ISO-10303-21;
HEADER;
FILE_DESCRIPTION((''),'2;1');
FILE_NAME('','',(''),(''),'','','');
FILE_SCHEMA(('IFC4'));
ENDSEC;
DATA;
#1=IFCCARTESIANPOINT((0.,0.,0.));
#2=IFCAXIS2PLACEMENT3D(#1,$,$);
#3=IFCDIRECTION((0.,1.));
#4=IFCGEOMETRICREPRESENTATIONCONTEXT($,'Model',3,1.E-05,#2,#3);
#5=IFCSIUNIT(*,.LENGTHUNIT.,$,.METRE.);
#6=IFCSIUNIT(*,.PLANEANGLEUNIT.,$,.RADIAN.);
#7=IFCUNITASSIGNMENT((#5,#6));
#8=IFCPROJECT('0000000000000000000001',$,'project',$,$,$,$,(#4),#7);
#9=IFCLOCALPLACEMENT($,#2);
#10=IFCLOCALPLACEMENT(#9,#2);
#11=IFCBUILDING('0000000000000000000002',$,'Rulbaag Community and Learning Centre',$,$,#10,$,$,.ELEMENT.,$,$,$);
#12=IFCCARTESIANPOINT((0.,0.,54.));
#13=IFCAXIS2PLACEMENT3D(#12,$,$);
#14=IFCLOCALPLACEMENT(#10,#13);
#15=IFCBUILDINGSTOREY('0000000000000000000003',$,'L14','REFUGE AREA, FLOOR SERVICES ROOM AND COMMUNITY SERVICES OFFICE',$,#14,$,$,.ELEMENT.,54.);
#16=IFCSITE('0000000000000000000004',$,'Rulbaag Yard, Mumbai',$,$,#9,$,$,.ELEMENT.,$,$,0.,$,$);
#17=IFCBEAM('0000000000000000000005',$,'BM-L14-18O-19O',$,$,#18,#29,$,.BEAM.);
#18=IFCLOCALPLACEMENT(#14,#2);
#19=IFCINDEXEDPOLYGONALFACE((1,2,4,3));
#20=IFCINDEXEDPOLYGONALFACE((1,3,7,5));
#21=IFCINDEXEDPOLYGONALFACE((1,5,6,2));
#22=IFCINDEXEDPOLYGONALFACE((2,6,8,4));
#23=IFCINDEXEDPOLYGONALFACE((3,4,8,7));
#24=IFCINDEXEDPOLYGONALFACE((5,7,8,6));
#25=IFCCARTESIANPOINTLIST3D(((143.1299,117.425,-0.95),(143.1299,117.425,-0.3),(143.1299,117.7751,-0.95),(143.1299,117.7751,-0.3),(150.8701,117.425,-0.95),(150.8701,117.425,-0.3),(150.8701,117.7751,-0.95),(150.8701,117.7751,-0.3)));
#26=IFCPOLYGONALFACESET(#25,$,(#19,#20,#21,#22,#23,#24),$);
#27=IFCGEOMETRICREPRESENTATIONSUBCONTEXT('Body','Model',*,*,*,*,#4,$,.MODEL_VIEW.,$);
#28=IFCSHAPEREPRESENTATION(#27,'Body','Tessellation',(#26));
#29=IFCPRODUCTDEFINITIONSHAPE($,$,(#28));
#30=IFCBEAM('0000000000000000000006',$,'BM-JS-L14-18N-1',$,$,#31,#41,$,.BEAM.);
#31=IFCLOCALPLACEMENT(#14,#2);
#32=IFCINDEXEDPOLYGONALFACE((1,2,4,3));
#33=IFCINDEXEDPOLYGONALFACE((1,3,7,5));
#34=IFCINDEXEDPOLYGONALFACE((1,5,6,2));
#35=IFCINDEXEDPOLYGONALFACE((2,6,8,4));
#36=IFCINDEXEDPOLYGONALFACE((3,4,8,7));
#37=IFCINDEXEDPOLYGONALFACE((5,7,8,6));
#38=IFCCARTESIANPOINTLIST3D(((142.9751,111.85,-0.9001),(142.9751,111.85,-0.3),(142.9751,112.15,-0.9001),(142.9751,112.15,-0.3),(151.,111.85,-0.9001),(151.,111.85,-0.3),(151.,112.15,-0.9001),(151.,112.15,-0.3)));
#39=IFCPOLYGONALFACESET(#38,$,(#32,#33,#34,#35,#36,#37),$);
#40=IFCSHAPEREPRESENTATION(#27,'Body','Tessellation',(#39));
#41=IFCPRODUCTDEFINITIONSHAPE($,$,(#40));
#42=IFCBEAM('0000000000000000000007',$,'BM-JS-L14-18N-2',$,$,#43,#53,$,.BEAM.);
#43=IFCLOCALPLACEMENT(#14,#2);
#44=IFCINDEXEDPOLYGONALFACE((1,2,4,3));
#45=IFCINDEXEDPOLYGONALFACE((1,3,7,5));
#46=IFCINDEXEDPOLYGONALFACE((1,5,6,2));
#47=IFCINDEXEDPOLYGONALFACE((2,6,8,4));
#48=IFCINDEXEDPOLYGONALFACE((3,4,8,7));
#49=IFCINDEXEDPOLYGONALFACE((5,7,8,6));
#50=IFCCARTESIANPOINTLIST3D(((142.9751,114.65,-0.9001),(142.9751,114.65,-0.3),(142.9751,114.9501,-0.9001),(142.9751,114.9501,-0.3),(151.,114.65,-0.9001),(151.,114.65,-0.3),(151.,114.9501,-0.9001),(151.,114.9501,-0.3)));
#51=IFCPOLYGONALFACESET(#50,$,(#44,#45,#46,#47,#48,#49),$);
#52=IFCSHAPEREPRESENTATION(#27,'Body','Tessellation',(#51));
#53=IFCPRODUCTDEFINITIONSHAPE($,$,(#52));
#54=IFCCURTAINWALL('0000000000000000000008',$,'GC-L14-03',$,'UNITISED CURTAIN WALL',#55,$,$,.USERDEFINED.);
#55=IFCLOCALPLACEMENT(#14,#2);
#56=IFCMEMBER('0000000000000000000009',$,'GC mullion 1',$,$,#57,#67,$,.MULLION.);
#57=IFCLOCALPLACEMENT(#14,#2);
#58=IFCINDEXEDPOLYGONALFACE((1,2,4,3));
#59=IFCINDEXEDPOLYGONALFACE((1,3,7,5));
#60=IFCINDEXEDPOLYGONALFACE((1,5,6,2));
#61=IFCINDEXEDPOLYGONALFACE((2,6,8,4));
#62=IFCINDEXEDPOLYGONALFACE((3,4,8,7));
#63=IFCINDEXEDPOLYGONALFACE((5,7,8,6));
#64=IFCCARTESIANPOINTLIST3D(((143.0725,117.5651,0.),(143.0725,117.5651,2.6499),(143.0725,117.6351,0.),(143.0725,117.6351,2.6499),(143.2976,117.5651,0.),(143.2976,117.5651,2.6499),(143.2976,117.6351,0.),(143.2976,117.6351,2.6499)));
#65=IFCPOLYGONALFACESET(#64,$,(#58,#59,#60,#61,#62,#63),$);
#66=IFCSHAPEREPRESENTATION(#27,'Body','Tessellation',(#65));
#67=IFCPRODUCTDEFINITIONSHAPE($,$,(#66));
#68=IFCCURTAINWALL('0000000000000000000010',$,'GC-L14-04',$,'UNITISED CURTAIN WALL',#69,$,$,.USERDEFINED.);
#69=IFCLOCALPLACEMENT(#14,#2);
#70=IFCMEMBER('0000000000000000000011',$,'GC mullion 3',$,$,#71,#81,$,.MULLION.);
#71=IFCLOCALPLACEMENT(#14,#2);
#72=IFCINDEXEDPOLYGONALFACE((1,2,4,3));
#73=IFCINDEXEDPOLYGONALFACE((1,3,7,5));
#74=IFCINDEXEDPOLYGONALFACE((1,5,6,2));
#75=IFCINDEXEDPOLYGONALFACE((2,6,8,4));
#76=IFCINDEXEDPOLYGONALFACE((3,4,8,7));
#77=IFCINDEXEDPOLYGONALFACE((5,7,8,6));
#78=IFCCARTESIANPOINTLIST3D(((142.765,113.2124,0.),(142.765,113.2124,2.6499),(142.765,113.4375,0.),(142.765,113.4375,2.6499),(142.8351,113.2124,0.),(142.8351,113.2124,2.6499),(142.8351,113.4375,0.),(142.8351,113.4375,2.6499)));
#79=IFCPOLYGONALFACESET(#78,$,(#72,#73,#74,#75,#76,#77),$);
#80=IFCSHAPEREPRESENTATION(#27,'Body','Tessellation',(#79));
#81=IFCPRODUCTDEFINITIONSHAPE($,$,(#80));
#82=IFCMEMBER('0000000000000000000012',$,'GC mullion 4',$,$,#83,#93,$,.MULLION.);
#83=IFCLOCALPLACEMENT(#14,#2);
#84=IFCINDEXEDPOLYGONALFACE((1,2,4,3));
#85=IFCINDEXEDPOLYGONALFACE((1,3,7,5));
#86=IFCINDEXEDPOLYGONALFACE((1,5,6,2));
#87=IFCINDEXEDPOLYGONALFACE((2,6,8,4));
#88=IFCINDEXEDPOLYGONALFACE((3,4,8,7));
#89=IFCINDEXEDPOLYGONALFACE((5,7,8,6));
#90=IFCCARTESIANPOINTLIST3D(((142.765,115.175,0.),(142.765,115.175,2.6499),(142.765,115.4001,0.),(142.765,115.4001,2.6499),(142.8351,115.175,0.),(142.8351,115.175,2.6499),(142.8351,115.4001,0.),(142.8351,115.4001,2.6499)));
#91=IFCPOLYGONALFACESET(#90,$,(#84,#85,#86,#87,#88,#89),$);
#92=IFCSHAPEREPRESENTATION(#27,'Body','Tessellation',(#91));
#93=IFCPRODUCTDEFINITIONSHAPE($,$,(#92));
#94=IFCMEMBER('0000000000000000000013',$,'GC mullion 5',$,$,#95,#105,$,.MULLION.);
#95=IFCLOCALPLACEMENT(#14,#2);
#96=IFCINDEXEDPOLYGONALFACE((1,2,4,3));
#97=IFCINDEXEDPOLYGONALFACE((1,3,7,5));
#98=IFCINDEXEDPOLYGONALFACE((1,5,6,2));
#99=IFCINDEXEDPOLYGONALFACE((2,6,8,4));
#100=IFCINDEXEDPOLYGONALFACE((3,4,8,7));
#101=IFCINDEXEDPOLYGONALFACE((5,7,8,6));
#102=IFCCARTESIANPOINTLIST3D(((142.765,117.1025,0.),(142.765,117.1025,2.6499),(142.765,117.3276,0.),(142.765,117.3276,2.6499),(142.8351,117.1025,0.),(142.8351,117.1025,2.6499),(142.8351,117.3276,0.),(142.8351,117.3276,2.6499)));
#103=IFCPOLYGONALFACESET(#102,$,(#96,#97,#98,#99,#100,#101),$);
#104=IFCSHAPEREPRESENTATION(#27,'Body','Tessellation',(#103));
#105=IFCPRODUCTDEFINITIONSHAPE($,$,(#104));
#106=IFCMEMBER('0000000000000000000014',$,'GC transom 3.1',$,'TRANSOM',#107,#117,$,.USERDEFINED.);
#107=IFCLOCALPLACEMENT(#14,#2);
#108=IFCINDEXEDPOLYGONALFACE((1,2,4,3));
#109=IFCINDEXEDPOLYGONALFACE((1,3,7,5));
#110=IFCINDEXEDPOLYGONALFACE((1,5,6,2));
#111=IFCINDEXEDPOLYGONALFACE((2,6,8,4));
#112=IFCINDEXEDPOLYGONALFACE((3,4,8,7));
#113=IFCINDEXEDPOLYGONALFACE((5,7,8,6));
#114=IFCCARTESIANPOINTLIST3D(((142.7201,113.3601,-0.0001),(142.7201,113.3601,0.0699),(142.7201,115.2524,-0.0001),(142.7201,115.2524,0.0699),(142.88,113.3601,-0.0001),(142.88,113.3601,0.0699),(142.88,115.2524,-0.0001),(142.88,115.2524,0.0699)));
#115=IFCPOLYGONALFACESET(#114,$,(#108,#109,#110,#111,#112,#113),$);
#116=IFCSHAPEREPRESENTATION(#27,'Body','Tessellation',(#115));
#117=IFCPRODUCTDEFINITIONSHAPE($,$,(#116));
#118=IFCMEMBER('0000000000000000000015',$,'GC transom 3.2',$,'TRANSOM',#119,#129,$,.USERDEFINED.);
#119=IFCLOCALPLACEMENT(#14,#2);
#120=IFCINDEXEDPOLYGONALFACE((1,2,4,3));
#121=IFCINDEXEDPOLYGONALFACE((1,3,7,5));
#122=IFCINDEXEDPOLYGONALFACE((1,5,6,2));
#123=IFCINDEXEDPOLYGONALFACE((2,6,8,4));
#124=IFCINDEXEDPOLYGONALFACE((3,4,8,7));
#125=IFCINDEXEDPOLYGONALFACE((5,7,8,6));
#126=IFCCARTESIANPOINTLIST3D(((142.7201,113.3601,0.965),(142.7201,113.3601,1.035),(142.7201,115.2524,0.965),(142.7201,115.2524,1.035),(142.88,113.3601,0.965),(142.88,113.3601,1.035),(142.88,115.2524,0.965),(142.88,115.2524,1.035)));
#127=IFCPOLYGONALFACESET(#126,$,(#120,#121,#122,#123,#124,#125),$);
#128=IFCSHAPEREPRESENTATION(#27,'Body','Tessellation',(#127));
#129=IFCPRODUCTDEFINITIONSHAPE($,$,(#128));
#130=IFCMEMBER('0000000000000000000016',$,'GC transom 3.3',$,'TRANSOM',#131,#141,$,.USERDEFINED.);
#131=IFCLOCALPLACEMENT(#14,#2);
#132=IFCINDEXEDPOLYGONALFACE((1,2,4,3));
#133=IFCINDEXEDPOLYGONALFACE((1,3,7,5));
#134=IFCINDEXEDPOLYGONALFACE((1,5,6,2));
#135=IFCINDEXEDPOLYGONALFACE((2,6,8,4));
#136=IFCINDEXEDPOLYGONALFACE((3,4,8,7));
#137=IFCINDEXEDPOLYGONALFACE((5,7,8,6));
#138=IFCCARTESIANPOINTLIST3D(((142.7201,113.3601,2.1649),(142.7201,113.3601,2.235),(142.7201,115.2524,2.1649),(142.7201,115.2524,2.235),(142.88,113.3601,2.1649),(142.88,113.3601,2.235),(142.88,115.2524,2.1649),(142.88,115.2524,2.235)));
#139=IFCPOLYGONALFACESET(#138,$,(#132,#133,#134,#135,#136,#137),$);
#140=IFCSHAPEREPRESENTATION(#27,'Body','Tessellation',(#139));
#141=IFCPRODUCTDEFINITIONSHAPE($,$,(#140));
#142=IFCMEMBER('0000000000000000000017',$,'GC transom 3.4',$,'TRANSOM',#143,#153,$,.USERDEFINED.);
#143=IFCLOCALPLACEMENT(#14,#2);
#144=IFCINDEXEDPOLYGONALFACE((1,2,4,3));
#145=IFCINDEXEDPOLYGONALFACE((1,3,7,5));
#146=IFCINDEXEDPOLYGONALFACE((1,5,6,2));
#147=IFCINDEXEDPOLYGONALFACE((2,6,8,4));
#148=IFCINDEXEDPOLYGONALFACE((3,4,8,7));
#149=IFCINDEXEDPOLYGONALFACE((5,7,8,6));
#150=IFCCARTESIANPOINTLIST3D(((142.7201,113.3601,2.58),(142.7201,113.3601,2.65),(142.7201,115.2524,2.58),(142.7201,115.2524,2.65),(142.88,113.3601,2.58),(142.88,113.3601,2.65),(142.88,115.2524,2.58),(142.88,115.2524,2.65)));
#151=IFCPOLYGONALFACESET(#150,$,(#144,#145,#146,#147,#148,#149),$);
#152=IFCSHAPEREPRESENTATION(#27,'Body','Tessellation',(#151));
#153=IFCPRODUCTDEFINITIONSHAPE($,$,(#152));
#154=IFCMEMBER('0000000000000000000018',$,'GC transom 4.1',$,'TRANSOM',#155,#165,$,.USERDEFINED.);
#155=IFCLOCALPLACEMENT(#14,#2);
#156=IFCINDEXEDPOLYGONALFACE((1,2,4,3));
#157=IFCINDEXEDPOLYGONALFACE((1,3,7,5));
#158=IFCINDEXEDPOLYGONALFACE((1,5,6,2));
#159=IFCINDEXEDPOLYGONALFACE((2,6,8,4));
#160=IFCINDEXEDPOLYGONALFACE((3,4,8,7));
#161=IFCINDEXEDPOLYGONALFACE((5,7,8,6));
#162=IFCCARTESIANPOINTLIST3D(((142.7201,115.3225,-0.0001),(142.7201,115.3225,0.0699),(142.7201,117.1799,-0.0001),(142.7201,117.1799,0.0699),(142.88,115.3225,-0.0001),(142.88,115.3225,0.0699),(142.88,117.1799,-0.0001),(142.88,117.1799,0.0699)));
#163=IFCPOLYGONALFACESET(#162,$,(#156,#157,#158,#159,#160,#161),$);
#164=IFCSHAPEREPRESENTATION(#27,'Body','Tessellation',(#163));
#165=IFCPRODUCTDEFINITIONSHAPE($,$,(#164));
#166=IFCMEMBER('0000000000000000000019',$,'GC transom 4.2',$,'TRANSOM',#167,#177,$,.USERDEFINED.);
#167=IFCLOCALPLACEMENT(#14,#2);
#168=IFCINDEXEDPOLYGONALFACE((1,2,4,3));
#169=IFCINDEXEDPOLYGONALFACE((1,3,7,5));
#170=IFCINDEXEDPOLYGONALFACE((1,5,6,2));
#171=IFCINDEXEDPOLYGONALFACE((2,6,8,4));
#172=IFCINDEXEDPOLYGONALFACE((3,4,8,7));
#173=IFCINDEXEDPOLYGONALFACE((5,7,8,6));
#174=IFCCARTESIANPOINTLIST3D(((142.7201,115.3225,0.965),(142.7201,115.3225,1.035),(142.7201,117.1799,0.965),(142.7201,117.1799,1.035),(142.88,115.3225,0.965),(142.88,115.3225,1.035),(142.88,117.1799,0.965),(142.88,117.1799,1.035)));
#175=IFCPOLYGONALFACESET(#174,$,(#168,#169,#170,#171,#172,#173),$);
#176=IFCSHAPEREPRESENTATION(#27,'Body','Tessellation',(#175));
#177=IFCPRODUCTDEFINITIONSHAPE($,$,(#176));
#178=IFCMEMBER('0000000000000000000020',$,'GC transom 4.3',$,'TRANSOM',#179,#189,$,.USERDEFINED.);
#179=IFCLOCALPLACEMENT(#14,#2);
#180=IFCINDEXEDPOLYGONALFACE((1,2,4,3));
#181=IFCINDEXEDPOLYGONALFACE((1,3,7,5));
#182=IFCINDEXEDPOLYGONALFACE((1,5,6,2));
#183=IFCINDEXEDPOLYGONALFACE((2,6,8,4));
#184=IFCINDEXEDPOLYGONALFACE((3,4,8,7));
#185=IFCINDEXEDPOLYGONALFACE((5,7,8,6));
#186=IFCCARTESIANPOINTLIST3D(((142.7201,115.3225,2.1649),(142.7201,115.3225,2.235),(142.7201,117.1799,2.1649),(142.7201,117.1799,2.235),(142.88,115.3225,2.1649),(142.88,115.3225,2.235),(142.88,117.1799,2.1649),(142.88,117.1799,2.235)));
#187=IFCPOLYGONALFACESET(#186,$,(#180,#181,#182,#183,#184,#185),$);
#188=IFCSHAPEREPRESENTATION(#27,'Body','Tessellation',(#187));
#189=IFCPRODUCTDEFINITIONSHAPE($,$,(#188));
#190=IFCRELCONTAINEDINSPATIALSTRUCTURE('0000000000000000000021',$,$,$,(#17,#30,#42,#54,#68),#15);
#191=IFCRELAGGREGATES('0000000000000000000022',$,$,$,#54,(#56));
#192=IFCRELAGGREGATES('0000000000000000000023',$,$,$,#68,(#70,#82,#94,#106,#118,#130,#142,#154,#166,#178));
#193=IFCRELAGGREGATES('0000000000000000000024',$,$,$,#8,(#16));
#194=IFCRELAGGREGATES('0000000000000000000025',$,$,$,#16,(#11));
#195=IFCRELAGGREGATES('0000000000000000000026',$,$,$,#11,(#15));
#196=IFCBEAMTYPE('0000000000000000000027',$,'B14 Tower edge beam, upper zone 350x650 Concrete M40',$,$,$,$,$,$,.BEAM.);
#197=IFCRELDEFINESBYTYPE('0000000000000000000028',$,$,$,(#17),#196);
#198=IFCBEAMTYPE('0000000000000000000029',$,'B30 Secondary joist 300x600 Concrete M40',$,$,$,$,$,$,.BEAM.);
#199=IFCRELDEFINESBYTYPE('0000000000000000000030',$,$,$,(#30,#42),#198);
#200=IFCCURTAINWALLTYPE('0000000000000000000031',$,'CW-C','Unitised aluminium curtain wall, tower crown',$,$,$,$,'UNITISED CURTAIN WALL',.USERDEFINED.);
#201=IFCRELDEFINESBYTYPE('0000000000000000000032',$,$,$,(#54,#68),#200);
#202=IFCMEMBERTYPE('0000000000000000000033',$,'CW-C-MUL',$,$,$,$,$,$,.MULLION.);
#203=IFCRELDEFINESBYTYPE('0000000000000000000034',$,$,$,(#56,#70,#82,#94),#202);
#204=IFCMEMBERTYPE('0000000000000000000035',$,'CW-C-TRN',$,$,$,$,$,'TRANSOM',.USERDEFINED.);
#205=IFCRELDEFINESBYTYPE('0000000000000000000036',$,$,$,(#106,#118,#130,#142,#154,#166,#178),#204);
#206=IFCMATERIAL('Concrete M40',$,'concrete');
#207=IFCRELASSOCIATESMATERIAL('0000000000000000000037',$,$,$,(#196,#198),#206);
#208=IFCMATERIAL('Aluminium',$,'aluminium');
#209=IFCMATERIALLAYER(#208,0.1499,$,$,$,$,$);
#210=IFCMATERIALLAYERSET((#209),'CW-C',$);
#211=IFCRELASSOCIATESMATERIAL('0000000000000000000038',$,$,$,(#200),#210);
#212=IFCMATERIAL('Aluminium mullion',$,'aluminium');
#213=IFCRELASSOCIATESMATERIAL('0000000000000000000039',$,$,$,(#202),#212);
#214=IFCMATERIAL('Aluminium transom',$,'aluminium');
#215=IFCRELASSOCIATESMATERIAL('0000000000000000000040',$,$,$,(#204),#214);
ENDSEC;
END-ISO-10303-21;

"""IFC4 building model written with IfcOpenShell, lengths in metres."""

from ifc_helpers import new_model, si_unit, direction, frame, origin, origin_2d, place, context, subcontext, project, spatial, rectangle, extrude, material, layer, layer_set, material_profile, profile_set, type_object, element, aggregate, save


model = new_model("IFC4")

# Units and contexts
model_context = context("Model", 3, precision=1e-05, world=origin(), true_north=direction((0.0, 1.0)))
body_context = subcontext(model_context, "Body", "Model", "MODEL_VIEW")
ifc_project = project(units=[si_unit("LENGTHUNIT", "METRE"), si_unit("PLANEANGLEUNIT", "RADIAN")], contexts=[model_context])

# Site, building, storey
site_placement = place(None, origin())
site = spatial("IfcSite", under=ifc_project, at=site_placement, Name="Rulbaag Yard, Mumbai", CompositionType="ELEMENT", RefElevation=0.0)
building_placement = place(site_placement, origin())
building = spatial("IfcBuilding", under=site, at=building_placement, Name="Rulbaag Community and Learning Centre", CompositionType="ELEMENT")
storey_placement = place(building_placement, frame((0.0, 0.0, 54.0)))
storey = spatial("IfcBuildingStorey", under=building, at=storey_placement, Name="L14", Description="REFUGE AREA, FLOOR SERVICES ROOM AND COMMUNITY SERVICES OFFICE", CompositionType="ELEMENT", Elevation=54.0)

# Beams
ifc_material_1 = material(Name="Concrete M40", Category="concrete")
ifc_material_profile_1 = material_profile(ifc_material_1, rectangle(XDim=0.3501, YDim=0.6499, at=origin_2d()), Name="RB350x650")
ifc_profile_set_1 = profile_set([ifc_material_profile_1], Name="Concrete M40")
beam_type_1 = type_object("IfcBeamType", Name="B14 Tower edge beam, upper zone 350x650 Concrete M40", PredefinedType="BEAM", material=ifc_profile_set_1)
beam_placement = place(storey_placement, frame((143.1299, 117.6001, -0.625), z_axis=(1.0, 0.0, 0.0), x_axis=(0.0, 1.0, 0.0)))
element("IfcBeam", 1, at=beam_placement, inside=storey, type_object=beam_type_1, Name="BM-L14-18O-19O", PredefinedType="BEAM", context=body_context, shape_type="SweptSolid", body=[
    extrude(rectangle(XDim=0.3501, YDim=0.6499, at=origin_2d()), origin(), (0.0, 0.0, 1.0), 7.7402),
])
ifc_material_profile_2 = material_profile(ifc_material_1, rectangle(XDim=0.3, YDim=0.6001, at=origin_2d()), Name="RB300x600")
ifc_profile_set_2 = profile_set([ifc_material_profile_2], Name="Concrete M40")
beam_type_2 = type_object("IfcBeamType", Name="B30 Secondary joist 300x600 Concrete M40", PredefinedType="BEAM", material=ifc_profile_set_2)
for number, where, z_axis, x_axis, name in (
    (2, (142.9751, 112.0, -0.6001), (1.0, 0.0, 0.0), (0.0, 1.0, 0.0), "BM-JS-L14-18N-1"),
    (3, (142.9751, 114.8, -0.6001), (1.0, 0.0, 0.0), (0.0, 1.0, 0.0), "BM-JS-L14-18N-2"),
):
    element("IfcBeam", number, at=place(storey_placement, frame(where, z_axis=z_axis, x_axis=x_axis)), inside=storey, type_object=beam_type_2, Name=name, PredefinedType="BEAM", context=body_context, shape_type="SweptSolid", body=[
        extrude(rectangle(XDim=0.3, YDim=0.6001, at=origin_2d()), origin(), (0.0, 0.0, 1.0), 8.0249),
    ])

# Curtain wall, member
ifc_material_2 = material(Name="Aluminium", Category="aluminium")
ifc_layer_1 = layer(ifc_material_2, 0.1499)
ifc_layer_set_1 = layer_set([ifc_layer_1], Name="CW-C")
curtain_wall_type = type_object("IfcCurtainWallType", Name="CW-C", Description="Unitised aluminium curtain wall, tower crown", ElementType="UNITISED CURTAIN WALL", PredefinedType="USERDEFINED", material=ifc_layer_set_1)
curtain_wall_1_placement = place(storey_placement, origin())
curtain_wall_1 = element("IfcCurtainWall", 4, at=curtain_wall_1_placement, inside=storey, type_object=curtain_wall_type, Name="GC-L14-03", ObjectType="UNITISED CURTAIN WALL", PredefinedType="USERDEFINED")
ifc_material_3 = material(Name="Aluminium mullion", Category="aluminium")
ifc_material_profile_3 = material_profile(ifc_material_3, rectangle(XDim=0.0701, YDim=0.2251, at=origin_2d()), Name="AL 70x225")
ifc_profile_set_3 = profile_set([ifc_material_profile_3], Name="Aluminium mullion")
member_type_1 = type_object("IfcMemberType", Name="CW-C-MUL", PredefinedType="MULLION", material=ifc_profile_set_3)
member_1_placement = place(storey_placement, frame((143.1851, 117.6001, 0.0), z_axis=(0.0, 0.0, 1.0), x_axis=(0.0, 1.0, 0.0)))
member_1 = element("IfcMember", 5, at=member_1_placement, type_object=member_type_1, Name="GC mullion 1", PredefinedType="MULLION", context=body_context, shape_type="SweptSolid", body=[
    extrude(rectangle(XDim=0.0701, YDim=0.2251, at=origin_2d()), origin(), (0.0, 0.0, 1.0), 2.6499),
])
aggregate(curtain_wall_1, [member_1])

# Curtain wall, members
curtain_wall_2_placement = place(storey_placement, origin())
curtain_wall_2 = element("IfcCurtainWall", 6, at=curtain_wall_2_placement, inside=storey, type_object=curtain_wall_type, Name="GC-L14-04", ObjectType="UNITISED CURTAIN WALL", PredefinedType="USERDEFINED")
member_2_placement = place(storey_placement, frame((142.8, 113.325, 0.0), z_axis=(0.0, 0.0, 1.0), x_axis=(-1.0, 0.0, 0.0)))
member_2 = element("IfcMember", 7, at=member_2_placement, type_object=member_type_1, Name="GC mullion 3", PredefinedType="MULLION", context=body_context, shape_type="SweptSolid", body=[
    extrude(rectangle(XDim=0.0701, YDim=0.2251, at=origin_2d()), origin(), (0.0, 0.0, 1.0), 2.6499),
])
member_3_placement = place(storey_placement, frame((142.8, 115.2876, 0.0), z_axis=(0.0, 0.0, 1.0), x_axis=(-1.0, 0.0, 0.0)))
member_3 = element("IfcMember", 8, at=member_3_placement, type_object=member_type_1, Name="GC mullion 4", PredefinedType="MULLION", context=body_context, shape_type="SweptSolid", body=[
    extrude(rectangle(XDim=0.0701, YDim=0.2251, at=origin_2d()), origin(), (0.0, 0.0, 1.0), 2.6499),
])
member_4_placement = place(storey_placement, frame((142.8, 117.2151, 0.0), z_axis=(0.0, 0.0, 1.0), x_axis=(-1.0, 0.0, 0.0)))
member_4 = element("IfcMember", 9, at=member_4_placement, type_object=member_type_1, Name="GC mullion 5", PredefinedType="MULLION", context=body_context, shape_type="SweptSolid", body=[
    extrude(rectangle(XDim=0.0701, YDim=0.2251, at=origin_2d()), origin(), (0.0, 0.0, 1.0), 2.6499),
])
ifc_material_4 = material(Name="Aluminium transom", Category="aluminium")
ifc_material_profile_4 = material_profile(ifc_material_4, rectangle(XDim=0.1599, YDim=0.0701, at=origin_2d()), Name="AL 70x160 T")
ifc_profile_set_4 = profile_set([ifc_material_profile_4], Name="Aluminium transom")
member_type_2 = type_object("IfcMemberType", Name="CW-C-TRN", ElementType="TRANSOM", PredefinedType="USERDEFINED", material=ifc_profile_set_4)
member_5_placement = place(storey_placement, frame((142.8, 113.3601, 0.0349), z_axis=(0.0, 1.0, 0.0), x_axis=(-1.0, 0.0, 0.0)))
member_5 = element("IfcMember", 10, at=member_5_placement, type_object=member_type_2, Name="GC transom 3.1", ObjectType="TRANSOM", PredefinedType="USERDEFINED", context=body_context, shape_type="SweptSolid", body=[
    extrude(rectangle(XDim=0.1599, YDim=0.0701, at=origin_2d()), origin(), (0.0, 0.0, 1.0), 1.8923),
])
member_6_placement = place(storey_placement, frame((142.8, 113.3601, 1.0), z_axis=(0.0, 1.0, 0.0), x_axis=(-1.0, 0.0, 0.0)))
member_6 = element("IfcMember", 11, at=member_6_placement, type_object=member_type_2, Name="GC transom 3.2", ObjectType="TRANSOM", PredefinedType="USERDEFINED", context=body_context, shape_type="SweptSolid", body=[
    extrude(rectangle(XDim=0.1599, YDim=0.0701, at=origin_2d()), origin(), (0.0, 0.0, 1.0), 1.8923),
])
member_7_placement = place(storey_placement, frame((142.8, 113.3601, 2.2), z_axis=(0.0, 1.0, 0.0), x_axis=(-1.0, 0.0, 0.0)))
member_7 = element("IfcMember", 12, at=member_7_placement, type_object=member_type_2, Name="GC transom 3.3", ObjectType="TRANSOM", PredefinedType="USERDEFINED", context=body_context, shape_type="SweptSolid", body=[
    extrude(rectangle(XDim=0.1599, YDim=0.0701, at=origin_2d()), origin(), (0.0, 0.0, 1.0), 1.8923),
])
member_8_placement = place(storey_placement, frame((142.8, 113.3601, 2.615), z_axis=(0.0, 1.0, 0.0), x_axis=(-1.0, 0.0, 0.0)))
member_8 = element("IfcMember", 13, at=member_8_placement, type_object=member_type_2, Name="GC transom 3.4", ObjectType="TRANSOM", PredefinedType="USERDEFINED", context=body_context, shape_type="SweptSolid", body=[
    extrude(rectangle(XDim=0.1599, YDim=0.0701, at=origin_2d()), origin(), (0.0, 0.0, 1.0), 1.8923),
])
member_9_placement = place(storey_placement, frame((142.8, 115.3225, 0.0349), z_axis=(0.0, 1.0, 0.0), x_axis=(-1.0, 0.0, 0.0)))
member_9 = element("IfcMember", 14, at=member_9_placement, type_object=member_type_2, Name="GC transom 4.1", ObjectType="TRANSOM", PredefinedType="USERDEFINED", context=body_context, shape_type="SweptSolid", body=[
    extrude(rectangle(XDim=0.1599, YDim=0.0701, at=origin_2d()), origin(), (0.0, 0.0, 1.0), 1.8574),
])
member_10_placement = place(storey_placement, frame((142.8, 115.3225, 1.0), z_axis=(0.0, 1.0, 0.0), x_axis=(-1.0, 0.0, 0.0)))
member_10 = element("IfcMember", 15, at=member_10_placement, type_object=member_type_2, Name="GC transom 4.2", ObjectType="TRANSOM", PredefinedType="USERDEFINED", context=body_context, shape_type="SweptSolid", body=[
    extrude(rectangle(XDim=0.1599, YDim=0.0701, at=origin_2d()), origin(), (0.0, 0.0, 1.0), 1.8574),
])
member_11_placement = place(storey_placement, frame((142.8, 115.3225, 2.2), z_axis=(0.0, 1.0, 0.0), x_axis=(-1.0, 0.0, 0.0)))
member_11 = element("IfcMember", 16, at=member_11_placement, type_object=member_type_2, Name="GC transom 4.3", ObjectType="TRANSOM", PredefinedType="USERDEFINED", context=body_context, shape_type="SweptSolid", body=[
    extrude(rectangle(XDim=0.1599, YDim=0.0701, at=origin_2d()), origin(), (0.0, 0.0, 1.0), 1.8574),
])
aggregate(curtain_wall_2, [member_2, member_3, member_4, member_5, member_6, member_7, member_8, member_9, member_10, member_11])

save(model, "model.ifc")
